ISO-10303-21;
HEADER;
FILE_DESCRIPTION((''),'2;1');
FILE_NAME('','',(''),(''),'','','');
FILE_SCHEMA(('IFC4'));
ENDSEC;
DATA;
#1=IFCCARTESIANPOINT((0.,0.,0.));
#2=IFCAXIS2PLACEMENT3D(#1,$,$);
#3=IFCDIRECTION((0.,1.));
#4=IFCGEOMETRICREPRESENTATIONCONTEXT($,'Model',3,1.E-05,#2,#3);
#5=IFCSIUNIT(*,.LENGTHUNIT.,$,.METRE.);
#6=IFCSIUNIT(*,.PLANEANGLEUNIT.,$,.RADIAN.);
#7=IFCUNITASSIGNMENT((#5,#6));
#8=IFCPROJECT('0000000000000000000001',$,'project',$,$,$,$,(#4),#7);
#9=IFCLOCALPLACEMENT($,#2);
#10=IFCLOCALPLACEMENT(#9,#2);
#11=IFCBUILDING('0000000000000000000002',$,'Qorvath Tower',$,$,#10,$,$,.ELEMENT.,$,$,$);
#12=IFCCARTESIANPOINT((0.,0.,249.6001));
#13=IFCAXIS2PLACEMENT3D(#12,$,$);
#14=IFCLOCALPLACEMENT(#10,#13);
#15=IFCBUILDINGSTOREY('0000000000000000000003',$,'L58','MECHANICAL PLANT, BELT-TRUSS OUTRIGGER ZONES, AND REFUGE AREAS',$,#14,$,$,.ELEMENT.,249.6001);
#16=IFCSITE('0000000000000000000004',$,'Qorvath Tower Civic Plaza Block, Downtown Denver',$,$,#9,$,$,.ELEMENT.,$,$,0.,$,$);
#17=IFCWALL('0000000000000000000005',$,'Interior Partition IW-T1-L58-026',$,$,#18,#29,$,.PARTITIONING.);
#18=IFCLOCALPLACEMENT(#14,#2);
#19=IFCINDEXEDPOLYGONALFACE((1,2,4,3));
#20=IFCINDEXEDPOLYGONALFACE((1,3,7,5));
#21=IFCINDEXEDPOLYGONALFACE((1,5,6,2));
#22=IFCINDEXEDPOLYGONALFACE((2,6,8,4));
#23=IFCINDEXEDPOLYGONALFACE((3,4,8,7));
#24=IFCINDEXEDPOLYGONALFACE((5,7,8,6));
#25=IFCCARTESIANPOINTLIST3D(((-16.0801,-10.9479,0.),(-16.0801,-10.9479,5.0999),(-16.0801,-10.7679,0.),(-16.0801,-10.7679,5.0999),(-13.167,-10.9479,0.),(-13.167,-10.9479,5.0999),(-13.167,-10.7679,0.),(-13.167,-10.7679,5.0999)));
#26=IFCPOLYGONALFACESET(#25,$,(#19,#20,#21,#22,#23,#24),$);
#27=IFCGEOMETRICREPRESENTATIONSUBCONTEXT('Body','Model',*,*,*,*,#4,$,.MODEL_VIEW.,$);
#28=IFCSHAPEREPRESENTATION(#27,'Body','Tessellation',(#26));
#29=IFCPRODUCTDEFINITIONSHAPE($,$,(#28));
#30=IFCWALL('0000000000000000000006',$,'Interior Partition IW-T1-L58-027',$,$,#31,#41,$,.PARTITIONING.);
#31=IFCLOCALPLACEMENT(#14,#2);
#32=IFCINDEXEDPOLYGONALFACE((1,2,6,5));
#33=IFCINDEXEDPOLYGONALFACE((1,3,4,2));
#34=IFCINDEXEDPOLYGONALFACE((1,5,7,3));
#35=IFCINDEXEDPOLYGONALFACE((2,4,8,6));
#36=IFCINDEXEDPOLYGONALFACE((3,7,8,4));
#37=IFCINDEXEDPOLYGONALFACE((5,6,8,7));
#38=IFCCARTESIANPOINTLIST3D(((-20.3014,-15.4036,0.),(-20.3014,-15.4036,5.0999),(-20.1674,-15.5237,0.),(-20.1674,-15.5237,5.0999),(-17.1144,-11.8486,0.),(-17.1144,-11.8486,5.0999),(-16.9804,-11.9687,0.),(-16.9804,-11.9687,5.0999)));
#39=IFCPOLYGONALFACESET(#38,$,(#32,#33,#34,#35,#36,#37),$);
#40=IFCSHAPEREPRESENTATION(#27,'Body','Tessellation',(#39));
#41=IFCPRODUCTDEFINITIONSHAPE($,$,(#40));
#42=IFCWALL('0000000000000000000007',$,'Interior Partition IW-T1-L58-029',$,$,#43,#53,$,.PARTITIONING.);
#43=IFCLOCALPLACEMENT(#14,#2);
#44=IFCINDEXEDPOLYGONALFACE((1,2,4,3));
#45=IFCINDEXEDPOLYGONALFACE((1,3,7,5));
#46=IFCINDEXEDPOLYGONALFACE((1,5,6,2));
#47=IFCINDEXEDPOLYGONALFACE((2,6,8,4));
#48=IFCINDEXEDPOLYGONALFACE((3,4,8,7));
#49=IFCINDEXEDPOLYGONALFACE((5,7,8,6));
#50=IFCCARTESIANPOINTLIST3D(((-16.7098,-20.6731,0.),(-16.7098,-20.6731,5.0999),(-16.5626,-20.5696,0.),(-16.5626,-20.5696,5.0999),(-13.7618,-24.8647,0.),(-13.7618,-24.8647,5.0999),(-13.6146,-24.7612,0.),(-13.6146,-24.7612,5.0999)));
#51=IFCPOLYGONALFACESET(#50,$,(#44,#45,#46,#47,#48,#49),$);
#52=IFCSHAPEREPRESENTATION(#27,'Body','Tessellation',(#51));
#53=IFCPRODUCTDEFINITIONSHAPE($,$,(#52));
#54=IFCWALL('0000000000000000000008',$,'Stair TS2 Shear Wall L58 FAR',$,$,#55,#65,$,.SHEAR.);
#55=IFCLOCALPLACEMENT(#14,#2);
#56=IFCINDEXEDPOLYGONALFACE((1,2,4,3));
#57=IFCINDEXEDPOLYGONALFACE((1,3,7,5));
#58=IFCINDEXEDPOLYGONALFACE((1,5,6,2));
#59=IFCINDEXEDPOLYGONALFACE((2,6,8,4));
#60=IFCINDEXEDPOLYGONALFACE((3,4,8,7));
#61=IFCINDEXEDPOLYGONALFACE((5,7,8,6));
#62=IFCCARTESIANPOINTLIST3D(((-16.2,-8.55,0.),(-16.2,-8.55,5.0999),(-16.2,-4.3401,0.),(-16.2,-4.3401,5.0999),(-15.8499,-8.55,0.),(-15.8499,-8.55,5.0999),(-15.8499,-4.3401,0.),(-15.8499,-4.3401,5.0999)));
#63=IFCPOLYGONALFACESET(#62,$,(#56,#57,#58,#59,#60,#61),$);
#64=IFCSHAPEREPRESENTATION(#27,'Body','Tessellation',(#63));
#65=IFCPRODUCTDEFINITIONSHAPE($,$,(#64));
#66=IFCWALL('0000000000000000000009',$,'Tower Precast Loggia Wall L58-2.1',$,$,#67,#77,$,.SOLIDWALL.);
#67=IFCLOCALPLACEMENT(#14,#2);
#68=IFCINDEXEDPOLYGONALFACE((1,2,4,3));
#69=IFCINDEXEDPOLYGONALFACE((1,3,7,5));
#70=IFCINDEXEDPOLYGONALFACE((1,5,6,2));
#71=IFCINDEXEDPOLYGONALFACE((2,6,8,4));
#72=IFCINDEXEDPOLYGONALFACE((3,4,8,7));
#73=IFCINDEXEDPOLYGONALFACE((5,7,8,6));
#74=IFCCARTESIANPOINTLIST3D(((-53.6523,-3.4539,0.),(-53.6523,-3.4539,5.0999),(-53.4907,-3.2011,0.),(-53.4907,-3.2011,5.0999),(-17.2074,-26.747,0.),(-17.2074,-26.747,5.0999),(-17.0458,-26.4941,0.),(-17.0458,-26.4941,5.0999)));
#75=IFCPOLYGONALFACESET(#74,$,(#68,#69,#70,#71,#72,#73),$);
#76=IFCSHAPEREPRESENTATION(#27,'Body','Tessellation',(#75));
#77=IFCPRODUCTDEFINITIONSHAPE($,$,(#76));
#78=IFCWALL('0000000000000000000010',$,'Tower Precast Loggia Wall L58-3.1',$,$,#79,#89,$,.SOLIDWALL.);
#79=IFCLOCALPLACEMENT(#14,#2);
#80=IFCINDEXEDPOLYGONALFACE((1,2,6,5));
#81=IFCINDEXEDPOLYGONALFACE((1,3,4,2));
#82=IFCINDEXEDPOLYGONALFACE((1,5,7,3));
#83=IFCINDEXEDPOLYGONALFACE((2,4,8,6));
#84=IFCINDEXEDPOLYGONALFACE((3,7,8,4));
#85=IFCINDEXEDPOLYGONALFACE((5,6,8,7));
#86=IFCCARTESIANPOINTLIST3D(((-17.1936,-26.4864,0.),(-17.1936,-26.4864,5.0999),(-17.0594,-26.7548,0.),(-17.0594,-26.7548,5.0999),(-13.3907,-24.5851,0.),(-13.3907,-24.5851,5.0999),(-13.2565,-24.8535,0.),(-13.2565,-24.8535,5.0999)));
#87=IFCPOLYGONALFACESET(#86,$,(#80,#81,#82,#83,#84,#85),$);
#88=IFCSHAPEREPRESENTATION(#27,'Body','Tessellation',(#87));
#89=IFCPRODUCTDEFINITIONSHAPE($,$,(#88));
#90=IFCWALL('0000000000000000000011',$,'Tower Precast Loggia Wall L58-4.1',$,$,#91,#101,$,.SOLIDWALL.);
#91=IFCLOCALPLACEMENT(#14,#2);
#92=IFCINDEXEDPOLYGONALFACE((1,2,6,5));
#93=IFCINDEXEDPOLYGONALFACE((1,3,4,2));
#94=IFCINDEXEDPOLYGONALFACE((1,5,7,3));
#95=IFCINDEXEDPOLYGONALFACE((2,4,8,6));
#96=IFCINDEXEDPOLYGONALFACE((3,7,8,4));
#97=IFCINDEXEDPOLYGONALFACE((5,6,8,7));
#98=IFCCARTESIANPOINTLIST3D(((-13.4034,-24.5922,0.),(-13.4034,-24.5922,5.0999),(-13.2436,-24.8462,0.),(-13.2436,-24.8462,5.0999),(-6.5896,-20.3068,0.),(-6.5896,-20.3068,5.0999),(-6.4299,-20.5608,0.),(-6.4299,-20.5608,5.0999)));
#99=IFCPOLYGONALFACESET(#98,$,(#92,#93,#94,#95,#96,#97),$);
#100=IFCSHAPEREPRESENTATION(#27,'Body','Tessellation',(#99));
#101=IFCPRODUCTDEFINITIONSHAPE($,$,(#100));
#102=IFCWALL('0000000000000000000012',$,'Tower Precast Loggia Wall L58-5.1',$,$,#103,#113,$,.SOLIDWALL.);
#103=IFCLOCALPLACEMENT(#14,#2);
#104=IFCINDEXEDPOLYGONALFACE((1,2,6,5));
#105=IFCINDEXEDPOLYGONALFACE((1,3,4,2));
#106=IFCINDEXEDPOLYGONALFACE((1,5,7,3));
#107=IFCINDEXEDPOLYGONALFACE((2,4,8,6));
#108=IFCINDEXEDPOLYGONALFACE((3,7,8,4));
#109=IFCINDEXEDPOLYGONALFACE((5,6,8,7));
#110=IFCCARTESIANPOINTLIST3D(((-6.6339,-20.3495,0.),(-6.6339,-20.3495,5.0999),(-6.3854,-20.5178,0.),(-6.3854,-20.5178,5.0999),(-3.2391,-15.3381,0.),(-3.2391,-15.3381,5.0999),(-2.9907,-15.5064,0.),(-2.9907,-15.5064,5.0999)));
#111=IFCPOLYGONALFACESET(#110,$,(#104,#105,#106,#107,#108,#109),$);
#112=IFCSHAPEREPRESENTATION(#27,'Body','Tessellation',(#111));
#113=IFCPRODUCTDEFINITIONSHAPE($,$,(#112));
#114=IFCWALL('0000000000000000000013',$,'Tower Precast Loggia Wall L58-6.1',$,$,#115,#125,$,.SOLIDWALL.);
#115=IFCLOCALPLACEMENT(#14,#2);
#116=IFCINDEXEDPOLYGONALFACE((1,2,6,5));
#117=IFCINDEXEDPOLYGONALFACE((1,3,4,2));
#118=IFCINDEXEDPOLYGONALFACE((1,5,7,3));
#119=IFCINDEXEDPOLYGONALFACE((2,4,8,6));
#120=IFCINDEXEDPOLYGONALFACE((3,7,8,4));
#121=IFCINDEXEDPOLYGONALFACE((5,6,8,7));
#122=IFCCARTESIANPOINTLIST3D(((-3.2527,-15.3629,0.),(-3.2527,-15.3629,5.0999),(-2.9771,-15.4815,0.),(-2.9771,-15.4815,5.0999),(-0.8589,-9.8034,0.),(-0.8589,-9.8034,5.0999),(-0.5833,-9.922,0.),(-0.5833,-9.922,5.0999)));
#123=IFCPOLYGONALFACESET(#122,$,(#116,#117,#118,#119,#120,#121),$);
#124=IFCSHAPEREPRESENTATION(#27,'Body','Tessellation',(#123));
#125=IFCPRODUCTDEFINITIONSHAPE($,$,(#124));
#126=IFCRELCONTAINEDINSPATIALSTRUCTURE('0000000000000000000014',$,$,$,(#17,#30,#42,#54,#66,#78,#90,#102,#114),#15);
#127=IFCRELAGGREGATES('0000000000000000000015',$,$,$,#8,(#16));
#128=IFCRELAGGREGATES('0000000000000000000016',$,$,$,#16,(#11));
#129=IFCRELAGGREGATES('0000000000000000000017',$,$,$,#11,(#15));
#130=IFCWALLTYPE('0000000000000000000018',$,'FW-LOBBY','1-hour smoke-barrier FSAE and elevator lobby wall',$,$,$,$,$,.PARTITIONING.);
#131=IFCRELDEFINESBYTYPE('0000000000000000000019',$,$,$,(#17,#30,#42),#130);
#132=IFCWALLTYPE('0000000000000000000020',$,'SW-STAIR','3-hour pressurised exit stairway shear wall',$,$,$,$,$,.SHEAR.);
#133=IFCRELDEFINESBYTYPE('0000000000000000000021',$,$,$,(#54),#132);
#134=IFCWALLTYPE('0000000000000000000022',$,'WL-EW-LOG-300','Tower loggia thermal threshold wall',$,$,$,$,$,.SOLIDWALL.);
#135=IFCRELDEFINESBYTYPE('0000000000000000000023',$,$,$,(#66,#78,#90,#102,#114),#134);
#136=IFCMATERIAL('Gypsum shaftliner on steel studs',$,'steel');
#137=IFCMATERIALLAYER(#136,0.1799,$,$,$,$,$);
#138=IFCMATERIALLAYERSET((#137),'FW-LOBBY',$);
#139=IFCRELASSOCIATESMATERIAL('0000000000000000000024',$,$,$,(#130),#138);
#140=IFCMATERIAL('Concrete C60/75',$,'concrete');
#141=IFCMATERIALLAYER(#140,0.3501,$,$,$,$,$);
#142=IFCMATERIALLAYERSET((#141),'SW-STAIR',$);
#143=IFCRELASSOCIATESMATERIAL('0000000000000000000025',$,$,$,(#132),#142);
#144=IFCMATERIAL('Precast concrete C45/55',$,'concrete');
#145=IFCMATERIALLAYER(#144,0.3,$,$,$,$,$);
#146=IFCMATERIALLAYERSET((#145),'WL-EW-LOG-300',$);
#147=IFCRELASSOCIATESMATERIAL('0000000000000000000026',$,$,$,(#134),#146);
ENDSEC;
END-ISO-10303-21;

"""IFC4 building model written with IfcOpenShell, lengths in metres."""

from ifc_helpers import new_model, si_unit, direction, frame, frame_2d, origin, place, context, subcontext, project, spatial, rectangle, extrude, material, layer, layer_set, type_object, element, save


model = new_model("IFC4")

# Units and contexts
model_context = context("Model", 3, precision=1e-05, world=origin(), true_north=direction((0.0, 1.0)))
body_context = subcontext(model_context, "Body", "Model", "MODEL_VIEW")
ifc_project = project(units=[si_unit("LENGTHUNIT", "METRE"), si_unit("PLANEANGLEUNIT", "RADIAN")], contexts=[model_context])

# Site, building, storey
site_placement = place(None, origin())
site = spatial("IfcSite", under=ifc_project, at=site_placement, Name="Qorvath Tower Civic Plaza Block, Downtown Denver", CompositionType="ELEMENT", RefElevation=0.0)
building_placement = place(site_placement, origin())
building = spatial("IfcBuilding", under=site, at=building_placement, Name="Qorvath Tower", CompositionType="ELEMENT")
storey_placement = place(building_placement, frame((0.0, 0.0, 249.6001)))
storey = spatial("IfcBuildingStorey", under=building, at=storey_placement, Name="L58", Description="MECHANICAL PLANT, BELT-TRUSS OUTRIGGER ZONES, AND REFUGE AREAS", CompositionType="ELEMENT", Elevation=249.6001)

# Walls
ifc_material_1 = material(Name="Gypsum shaftliner on steel studs", Category="steel")
ifc_layer_1 = layer(ifc_material_1, 0.1799)
ifc_layer_set_1 = layer_set([ifc_layer_1], Name="FW-LOBBY")
wall_type_1 = type_object("IfcWallType", Name="FW-LOBBY", Description="1-hour smoke-barrier FSAE and elevator lobby wall", PredefinedType="PARTITIONING", material=ifc_layer_set_1)
wall_1_placement = place(storey_placement, frame((-13.167, -10.8579, 0.0), z_axis=(0.0, 0.0, 1.0), x_axis=(-1.0, 0.0, 0.0)))
element("IfcWall", 1, at=wall_1_placement, inside=storey, type_object=wall_type_1, Name="Interior Partition IW-T1-L58-026", PredefinedType="PARTITIONING", context=body_context, shape_type="SweptSolid", body=[
    extrude(rectangle(XDim=2.9131, YDim=0.1799, at=frame_2d((1.4565, 0.0))), origin(), (0.0, 0.0, 1.0), 5.0999),
])
wall_2_placement = place(storey_placement, frame((-17.0474, -11.9087, 0.0), z_axis=(0.0, 0.0, 1.0), x_axis=(-0.667525, -0.744587, 0.0)))
element("IfcWall", 2, at=wall_2_placement, inside=storey, type_object=wall_type_1, Name="Interior Partition IW-T1-L58-027", PredefinedType="PARTITIONING", context=body_context, shape_type="SweptSolid", body=[
    extrude(rectangle(XDim=4.7744, YDim=0.1799, at=frame_2d((2.3872, 0.0))), origin(), (0.0, 0.0, 1.0), 5.0999),
])
wall_3_placement = place(storey_placement, frame((-16.6362, -20.6213, 0.0), z_axis=(0.0, 0.0, 1.0), x_axis=(0.575274, -0.817961, 0.0)))
element("IfcWall", 3, at=wall_3_placement, inside=storey, type_object=wall_type_1, Name="Interior Partition IW-T1-L58-029", PredefinedType="PARTITIONING", context=body_context, shape_type="SweptSolid", body=[
    extrude(rectangle(XDim=5.1245, YDim=0.1799, at=frame_2d((2.5623, 0.0))), origin(), (0.0, 0.0, 1.0), 5.0999),
])
ifc_material_2 = material(Name="Concrete C60/75", Category="concrete")
ifc_layer_2 = layer(ifc_material_2, 0.3501)
ifc_layer_set_2 = layer_set([ifc_layer_2], Name="SW-STAIR")
wall_type_2 = type_object("IfcWallType", Name="SW-STAIR", Description="3-hour pressurised exit stairway shear wall", PredefinedType="SHEAR", material=ifc_layer_set_2)
wall_4_placement = place(storey_placement, frame((-16.0249, -8.55, 0.0), z_axis=(0.0, 0.0, 1.0), x_axis=(0.0, 1.0, 0.0)))
element("IfcWall", 4, at=wall_4_placement, inside=storey, type_object=wall_type_2, Name="Stair TS2 Shear Wall L58 FAR", PredefinedType="SHEAR", context=body_context, shape_type="SweptSolid", body=[
    extrude(rectangle(XDim=4.21, YDim=0.3501, at=frame_2d((2.105, 0.0))), origin(), (0.0, 0.0, 1.0), 5.0999),
])
ifc_material_3 = material(Name="Precast concrete C45/55", Category="concrete")
ifc_layer_3 = layer(ifc_material_3, 0.3)
ifc_layer_set_3 = layer_set([ifc_layer_3], Name="WL-EW-LOG-300")
wall_type_3 = type_object("IfcWallType", Name="WL-EW-LOG-300", Description="Tower loggia thermal threshold wall", PredefinedType="SOLIDWALL", material=ifc_layer_set_3)
wall_5_placement = place(storey_placement, frame((-17.1265, -26.6206, 0.0), z_axis=(0.0, 0.0, 1.0), x_axis=(-0.842604, 0.538533, 0.0)))
element("IfcWall", 5, at=wall_5_placement, inside=storey, type_object=wall_type_3, Name="Tower Precast Loggia Wall L58-2.1", PredefinedType="SOLIDWALL", context=body_context, shape_type="SweptSolid", body=[
    extrude(rectangle(XDim=43.2527, YDim=0.3, at=frame_2d((21.6265, 0.0))), origin(), (0.0, 0.0, 1.0), 5.0999),
])
wall_6_placement = place(storey_placement, frame((-13.3235, -24.7192, 0.0), z_axis=(0.0, 0.0, 1.0), x_axis=(-0.894439, -0.447191, 0.0)))
element("IfcWall", 6, at=wall_6_placement, inside=storey, type_object=wall_type_3, Name="Tower Precast Loggia Wall L58-3.1", PredefinedType="SOLIDWALL", context=body_context, shape_type="SweptSolid", body=[
    extrude(rectangle(XDim=4.2517, YDim=0.3, at=frame_2d((2.126, 0.0))), origin(), (0.0, 0.0, 1.0), 5.0999),
])
wall_7_placement = place(storey_placement, frame((-6.5098, -20.4338, 0.0), z_axis=(0.0, 0.0, 1.0), x_axis=(-0.846497, -0.532393, 0.0)))
element("IfcWall", 7, at=wall_7_placement, inside=storey, type_object=wall_type_3, Name="Tower Precast Loggia Wall L58-4.1", PredefinedType="SOLIDWALL", context=body_context, shape_type="SweptSolid", body=[
    extrude(rectangle(XDim=8.0493, YDim=0.3, at=frame_2d((4.0247, 0.0))), origin(), (0.0, 0.0, 1.0), 5.0999),
])
for number, where, z_axis, x_axis, name in (
    (8, (-3.115, -15.4224, 0.0), (0.0, 0.0, 1.0), (-0.560837, -0.827926, 0.0), "Tower Precast Loggia Wall L58-5.1"),
    (9, (-0.7212, -9.8628, 0.0), (0.0, 0.0, 1.0), (-0.395472, -0.918478, 0.0), "Tower Precast Loggia Wall L58-6.1"),
):
    element("IfcWall", number, at=place(storey_placement, frame(where, z_axis=z_axis, x_axis=x_axis)), inside=storey, type_object=wall_type_3, Name=name, PredefinedType="SOLIDWALL", context=body_context, shape_type="SweptSolid", body=[
        extrude(rectangle(XDim=6.053, YDim=0.3, at=frame_2d((3.0264, 0.0))), origin(), (0.0, 0.0, 1.0), 5.0999),
    ])

save(model, "model.ifc")
